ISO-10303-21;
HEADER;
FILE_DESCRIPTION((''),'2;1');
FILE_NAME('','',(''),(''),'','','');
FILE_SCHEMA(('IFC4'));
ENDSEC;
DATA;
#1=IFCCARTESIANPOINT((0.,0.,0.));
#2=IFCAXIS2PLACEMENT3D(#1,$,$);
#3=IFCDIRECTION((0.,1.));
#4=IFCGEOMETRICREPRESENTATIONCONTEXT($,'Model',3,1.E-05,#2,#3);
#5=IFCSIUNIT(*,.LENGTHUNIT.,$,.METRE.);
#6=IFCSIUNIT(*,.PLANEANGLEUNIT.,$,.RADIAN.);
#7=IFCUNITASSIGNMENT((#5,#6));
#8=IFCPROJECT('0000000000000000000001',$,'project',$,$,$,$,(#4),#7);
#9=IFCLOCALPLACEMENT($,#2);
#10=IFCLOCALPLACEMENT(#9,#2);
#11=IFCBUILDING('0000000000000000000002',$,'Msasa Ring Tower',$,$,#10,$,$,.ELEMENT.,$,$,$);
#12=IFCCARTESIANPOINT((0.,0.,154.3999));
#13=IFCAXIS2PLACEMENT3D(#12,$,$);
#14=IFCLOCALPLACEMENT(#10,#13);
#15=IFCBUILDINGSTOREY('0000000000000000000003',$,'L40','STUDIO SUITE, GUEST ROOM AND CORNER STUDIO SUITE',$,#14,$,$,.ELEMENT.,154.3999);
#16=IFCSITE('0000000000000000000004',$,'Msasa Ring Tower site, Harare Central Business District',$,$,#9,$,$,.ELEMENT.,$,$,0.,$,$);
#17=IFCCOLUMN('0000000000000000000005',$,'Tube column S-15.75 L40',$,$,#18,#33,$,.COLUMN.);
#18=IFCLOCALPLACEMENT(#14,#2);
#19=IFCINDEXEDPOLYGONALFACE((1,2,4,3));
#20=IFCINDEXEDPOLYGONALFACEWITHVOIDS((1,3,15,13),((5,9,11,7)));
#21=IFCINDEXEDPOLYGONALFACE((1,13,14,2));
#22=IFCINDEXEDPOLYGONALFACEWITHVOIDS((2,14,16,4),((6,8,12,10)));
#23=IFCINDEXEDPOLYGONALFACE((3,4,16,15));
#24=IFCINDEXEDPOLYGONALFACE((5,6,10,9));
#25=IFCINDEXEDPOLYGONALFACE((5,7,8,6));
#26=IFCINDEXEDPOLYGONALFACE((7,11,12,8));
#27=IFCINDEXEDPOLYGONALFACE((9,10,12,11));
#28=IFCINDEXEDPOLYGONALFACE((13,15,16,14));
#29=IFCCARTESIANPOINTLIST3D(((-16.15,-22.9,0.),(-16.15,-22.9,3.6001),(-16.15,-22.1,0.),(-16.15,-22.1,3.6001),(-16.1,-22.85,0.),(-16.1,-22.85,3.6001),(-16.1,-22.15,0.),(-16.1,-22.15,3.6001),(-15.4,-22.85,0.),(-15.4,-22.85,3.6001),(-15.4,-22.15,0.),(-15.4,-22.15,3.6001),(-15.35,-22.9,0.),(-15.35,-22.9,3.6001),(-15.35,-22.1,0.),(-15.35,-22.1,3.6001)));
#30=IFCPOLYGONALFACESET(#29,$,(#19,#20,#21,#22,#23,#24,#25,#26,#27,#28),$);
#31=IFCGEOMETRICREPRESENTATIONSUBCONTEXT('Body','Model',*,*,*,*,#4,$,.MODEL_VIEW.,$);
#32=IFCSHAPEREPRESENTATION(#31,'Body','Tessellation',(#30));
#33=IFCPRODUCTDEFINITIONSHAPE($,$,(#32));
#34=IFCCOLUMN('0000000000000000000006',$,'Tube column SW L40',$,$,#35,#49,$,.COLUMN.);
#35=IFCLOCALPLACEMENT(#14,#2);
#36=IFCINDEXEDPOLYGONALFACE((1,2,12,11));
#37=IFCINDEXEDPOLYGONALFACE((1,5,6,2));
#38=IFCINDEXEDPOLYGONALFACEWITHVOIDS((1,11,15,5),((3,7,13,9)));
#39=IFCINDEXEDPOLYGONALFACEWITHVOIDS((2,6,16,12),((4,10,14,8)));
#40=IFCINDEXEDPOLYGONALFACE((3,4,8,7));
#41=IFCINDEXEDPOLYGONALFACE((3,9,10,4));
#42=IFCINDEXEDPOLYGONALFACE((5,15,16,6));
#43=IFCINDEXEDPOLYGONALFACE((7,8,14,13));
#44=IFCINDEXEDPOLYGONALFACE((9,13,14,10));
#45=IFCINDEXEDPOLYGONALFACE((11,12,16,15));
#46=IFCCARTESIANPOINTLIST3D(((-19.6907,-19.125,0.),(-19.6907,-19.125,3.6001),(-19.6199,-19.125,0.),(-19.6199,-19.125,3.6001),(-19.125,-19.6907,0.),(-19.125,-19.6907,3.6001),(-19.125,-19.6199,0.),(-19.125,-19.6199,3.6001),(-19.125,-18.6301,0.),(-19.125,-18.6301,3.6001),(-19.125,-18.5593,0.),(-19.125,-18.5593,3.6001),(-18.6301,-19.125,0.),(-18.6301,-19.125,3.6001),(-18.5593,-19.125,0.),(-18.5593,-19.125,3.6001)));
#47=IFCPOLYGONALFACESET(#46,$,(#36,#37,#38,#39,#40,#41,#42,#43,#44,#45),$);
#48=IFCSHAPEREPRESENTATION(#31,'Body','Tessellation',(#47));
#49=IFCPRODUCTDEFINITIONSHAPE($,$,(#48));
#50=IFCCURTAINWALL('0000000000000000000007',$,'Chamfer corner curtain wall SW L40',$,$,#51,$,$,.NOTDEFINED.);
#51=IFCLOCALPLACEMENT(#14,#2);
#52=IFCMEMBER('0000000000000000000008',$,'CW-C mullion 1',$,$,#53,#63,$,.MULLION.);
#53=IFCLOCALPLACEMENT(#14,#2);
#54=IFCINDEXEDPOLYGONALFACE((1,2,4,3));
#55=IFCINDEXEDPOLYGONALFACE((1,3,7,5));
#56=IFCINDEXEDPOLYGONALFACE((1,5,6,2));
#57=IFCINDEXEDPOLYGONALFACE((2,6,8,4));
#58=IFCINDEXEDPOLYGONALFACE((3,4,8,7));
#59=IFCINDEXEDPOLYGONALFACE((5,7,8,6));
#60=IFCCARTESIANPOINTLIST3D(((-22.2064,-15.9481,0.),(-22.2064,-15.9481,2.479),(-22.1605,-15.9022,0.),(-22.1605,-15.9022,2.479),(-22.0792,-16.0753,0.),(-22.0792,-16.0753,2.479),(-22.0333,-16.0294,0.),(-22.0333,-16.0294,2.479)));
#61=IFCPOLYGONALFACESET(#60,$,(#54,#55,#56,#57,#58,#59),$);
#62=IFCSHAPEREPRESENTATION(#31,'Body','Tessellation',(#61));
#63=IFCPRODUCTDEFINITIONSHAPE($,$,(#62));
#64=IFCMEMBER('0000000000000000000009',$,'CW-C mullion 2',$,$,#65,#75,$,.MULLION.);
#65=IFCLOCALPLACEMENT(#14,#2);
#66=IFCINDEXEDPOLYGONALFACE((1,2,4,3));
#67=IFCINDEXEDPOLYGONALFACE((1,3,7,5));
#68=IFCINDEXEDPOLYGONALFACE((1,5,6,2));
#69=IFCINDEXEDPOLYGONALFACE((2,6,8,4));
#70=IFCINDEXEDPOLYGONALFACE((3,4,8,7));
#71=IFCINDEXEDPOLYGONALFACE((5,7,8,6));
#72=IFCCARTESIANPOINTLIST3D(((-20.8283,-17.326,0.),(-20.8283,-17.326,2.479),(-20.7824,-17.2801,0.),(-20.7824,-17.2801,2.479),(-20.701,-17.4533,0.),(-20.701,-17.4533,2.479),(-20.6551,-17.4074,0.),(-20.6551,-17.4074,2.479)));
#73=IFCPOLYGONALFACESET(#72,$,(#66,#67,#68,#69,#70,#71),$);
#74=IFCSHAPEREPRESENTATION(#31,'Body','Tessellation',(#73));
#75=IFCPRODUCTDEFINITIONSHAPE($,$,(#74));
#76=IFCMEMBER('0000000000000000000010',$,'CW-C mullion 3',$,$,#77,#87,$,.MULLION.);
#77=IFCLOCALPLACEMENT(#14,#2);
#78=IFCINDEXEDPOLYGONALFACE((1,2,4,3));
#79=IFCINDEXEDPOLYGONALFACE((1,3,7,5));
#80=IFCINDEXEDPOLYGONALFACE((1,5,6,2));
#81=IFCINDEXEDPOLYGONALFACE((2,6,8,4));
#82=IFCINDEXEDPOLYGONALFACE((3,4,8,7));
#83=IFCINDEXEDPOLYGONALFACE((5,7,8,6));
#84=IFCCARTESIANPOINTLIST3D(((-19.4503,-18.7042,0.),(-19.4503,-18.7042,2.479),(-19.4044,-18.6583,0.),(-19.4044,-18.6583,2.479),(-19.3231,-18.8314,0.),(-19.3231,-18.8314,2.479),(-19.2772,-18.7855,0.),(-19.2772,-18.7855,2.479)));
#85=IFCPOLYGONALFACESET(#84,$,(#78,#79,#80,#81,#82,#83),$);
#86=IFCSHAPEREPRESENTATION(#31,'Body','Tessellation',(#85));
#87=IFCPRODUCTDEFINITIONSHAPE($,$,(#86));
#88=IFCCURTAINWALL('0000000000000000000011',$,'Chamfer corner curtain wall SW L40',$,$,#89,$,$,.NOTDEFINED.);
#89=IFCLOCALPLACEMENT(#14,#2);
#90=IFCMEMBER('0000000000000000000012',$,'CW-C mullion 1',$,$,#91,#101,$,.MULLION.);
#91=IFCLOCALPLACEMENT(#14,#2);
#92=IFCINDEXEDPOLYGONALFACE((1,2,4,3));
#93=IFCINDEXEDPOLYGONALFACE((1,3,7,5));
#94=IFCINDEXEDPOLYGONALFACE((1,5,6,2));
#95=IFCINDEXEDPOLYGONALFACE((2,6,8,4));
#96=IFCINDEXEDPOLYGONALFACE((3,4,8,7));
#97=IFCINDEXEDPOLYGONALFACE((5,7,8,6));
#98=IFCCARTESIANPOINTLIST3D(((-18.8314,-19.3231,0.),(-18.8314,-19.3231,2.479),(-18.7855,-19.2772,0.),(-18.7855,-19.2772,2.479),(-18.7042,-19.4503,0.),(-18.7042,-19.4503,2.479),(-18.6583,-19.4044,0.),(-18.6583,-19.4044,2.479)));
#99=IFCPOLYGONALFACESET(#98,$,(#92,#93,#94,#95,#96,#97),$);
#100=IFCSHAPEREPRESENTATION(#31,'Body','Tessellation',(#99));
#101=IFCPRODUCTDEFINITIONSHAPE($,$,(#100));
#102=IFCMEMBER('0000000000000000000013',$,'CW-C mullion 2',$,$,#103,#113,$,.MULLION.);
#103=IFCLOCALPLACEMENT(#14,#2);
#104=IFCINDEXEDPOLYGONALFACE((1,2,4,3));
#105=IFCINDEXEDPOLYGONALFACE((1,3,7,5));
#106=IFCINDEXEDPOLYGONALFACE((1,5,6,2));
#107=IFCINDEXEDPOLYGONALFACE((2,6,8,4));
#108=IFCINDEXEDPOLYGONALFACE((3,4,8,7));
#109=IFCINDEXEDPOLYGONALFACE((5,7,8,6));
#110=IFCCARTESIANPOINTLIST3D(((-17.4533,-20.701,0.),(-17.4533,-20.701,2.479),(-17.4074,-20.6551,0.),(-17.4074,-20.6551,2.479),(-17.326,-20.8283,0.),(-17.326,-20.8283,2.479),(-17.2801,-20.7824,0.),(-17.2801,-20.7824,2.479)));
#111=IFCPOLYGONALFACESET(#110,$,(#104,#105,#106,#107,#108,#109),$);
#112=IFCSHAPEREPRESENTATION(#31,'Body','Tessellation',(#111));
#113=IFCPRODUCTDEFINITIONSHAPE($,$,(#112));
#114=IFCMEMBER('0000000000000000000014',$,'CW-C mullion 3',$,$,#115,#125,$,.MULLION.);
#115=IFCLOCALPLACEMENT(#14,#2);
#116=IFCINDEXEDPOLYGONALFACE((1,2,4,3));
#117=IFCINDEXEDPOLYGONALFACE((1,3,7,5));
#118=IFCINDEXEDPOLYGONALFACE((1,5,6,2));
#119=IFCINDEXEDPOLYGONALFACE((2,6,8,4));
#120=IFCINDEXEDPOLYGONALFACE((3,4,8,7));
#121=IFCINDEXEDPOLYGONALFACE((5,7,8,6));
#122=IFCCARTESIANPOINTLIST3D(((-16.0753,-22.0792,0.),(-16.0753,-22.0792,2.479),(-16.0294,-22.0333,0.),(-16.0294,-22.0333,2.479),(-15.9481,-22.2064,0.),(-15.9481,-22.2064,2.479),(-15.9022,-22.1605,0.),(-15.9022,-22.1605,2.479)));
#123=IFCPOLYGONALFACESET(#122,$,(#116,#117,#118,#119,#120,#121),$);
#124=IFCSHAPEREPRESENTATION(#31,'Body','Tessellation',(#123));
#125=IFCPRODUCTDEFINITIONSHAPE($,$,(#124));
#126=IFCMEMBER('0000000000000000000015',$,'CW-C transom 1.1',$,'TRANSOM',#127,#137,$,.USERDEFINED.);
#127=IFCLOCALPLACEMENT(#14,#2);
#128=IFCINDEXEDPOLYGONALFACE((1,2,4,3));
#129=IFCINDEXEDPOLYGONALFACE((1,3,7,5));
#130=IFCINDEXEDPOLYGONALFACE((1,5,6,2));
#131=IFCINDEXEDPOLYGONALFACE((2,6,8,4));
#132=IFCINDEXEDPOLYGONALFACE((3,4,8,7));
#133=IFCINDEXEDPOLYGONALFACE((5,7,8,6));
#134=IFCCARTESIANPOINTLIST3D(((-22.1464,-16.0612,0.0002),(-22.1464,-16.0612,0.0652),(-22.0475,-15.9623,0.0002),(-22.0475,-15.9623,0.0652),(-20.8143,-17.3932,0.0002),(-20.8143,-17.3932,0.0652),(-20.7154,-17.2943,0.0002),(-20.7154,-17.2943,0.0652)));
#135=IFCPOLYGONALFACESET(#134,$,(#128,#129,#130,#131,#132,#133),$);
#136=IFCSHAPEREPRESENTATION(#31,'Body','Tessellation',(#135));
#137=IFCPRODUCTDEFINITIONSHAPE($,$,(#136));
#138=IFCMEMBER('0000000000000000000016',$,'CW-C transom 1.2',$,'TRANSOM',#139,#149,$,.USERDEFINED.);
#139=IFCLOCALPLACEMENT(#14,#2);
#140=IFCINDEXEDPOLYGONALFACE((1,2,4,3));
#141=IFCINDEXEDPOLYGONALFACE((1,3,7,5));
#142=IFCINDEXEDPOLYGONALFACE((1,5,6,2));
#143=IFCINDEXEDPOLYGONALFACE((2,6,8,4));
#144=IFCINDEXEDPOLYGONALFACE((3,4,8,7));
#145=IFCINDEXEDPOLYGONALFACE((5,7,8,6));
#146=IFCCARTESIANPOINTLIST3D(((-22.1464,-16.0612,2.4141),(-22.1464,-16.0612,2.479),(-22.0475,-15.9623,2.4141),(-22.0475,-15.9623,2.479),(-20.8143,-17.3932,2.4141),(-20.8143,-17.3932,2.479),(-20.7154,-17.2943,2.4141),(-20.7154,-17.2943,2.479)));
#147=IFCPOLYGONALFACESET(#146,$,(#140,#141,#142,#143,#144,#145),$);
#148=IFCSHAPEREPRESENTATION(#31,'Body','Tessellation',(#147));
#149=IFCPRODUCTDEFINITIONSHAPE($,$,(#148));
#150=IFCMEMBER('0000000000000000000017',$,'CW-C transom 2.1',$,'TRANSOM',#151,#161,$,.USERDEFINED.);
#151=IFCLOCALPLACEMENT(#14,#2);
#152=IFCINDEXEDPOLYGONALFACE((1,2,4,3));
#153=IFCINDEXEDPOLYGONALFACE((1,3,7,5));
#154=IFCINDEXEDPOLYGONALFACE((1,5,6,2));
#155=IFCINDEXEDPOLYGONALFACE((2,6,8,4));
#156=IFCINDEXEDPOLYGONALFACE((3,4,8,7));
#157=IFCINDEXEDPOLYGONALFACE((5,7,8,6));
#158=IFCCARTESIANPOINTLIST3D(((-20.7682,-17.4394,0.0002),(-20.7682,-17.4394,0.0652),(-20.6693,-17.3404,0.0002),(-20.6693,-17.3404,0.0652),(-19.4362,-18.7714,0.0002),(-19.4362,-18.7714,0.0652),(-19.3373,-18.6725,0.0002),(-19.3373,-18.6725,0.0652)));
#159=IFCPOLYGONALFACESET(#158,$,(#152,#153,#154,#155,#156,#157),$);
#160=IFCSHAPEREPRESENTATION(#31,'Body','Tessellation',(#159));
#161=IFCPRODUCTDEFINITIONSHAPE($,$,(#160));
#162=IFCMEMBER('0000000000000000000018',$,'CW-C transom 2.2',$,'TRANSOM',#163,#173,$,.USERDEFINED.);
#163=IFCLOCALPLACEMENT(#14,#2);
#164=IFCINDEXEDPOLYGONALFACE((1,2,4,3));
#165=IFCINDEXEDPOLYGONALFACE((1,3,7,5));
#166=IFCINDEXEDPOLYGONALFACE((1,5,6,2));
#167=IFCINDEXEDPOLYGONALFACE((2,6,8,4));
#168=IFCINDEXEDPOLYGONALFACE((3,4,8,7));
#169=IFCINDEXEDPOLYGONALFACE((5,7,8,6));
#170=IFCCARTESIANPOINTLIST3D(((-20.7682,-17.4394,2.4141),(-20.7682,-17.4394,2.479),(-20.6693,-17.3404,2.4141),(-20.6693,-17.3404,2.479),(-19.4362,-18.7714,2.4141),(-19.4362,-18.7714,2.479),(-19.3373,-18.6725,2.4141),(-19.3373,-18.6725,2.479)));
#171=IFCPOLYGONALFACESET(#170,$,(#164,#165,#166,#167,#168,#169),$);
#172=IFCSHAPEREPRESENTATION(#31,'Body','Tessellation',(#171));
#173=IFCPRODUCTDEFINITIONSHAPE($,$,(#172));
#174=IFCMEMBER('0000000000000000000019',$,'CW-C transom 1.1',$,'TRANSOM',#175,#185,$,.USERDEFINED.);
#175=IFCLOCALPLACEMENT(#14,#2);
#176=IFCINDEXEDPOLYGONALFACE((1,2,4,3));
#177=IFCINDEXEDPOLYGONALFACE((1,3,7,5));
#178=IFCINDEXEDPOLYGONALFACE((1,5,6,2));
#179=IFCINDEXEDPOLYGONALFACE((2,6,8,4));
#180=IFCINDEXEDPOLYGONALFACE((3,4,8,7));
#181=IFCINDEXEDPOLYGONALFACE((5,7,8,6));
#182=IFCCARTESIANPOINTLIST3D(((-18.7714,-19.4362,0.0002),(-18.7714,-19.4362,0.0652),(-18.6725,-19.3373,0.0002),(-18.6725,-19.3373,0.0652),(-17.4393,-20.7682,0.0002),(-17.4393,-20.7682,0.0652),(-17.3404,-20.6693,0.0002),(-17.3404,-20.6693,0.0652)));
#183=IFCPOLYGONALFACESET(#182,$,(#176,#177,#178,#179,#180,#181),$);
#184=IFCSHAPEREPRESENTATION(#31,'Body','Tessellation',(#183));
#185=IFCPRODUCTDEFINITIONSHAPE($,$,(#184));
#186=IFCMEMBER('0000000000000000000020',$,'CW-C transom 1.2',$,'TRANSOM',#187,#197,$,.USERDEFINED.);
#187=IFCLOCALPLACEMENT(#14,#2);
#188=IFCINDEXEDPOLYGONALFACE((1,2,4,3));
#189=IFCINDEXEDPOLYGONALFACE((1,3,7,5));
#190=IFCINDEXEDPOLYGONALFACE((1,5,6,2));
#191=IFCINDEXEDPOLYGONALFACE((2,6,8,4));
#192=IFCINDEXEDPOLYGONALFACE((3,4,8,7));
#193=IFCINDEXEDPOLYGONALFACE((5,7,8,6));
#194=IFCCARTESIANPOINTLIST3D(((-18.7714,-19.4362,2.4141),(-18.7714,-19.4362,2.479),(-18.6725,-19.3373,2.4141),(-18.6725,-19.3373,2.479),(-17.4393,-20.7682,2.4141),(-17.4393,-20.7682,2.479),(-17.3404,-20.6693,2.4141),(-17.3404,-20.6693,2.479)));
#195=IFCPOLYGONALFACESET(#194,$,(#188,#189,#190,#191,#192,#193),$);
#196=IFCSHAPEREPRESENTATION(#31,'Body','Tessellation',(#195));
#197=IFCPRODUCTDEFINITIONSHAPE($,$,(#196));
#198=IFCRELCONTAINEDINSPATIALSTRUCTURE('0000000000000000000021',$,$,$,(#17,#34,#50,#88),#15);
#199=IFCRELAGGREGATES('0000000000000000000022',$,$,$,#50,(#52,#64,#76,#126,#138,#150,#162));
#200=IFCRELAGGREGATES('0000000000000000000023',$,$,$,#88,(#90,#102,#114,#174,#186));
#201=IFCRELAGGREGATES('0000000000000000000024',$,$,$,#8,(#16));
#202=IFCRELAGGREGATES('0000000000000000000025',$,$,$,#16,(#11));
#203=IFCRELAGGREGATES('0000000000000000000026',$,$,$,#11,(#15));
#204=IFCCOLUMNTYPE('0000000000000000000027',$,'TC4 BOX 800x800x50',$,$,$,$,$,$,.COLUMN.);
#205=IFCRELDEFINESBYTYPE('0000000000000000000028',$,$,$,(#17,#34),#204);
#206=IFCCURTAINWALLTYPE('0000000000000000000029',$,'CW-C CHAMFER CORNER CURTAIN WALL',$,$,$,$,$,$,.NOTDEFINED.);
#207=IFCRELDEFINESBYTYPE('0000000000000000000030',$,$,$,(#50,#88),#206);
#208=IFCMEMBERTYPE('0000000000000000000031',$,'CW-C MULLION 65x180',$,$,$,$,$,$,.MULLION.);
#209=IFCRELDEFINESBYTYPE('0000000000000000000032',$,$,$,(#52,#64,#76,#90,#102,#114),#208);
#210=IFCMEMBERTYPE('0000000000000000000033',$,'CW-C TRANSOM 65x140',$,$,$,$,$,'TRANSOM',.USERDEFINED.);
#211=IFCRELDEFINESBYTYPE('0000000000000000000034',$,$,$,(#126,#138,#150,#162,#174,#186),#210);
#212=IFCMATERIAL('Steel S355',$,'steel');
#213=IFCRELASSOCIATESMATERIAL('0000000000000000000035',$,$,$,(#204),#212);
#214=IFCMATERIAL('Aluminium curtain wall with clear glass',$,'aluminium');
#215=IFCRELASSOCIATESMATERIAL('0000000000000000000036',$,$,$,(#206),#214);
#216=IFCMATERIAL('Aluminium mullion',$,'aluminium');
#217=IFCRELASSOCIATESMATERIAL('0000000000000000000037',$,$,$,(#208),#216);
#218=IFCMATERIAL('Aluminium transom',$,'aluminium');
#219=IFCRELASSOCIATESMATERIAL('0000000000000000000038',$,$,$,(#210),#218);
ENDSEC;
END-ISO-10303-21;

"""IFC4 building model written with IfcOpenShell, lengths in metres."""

from ifc_helpers import new_model, si_unit, direction, frame, origin, origin_2d, place, context, subcontext, project, spatial, rectangle, hollow_rectangle, extrude, material, material_profile, profile_set, type_object, element, aggregate, save


model = new_model("IFC4")

# Units and contexts
model_context = context("Model", 3, precision=1e-05, world=origin(), true_north=direction((0.0, 1.0)))
body_context = subcontext(model_context, "Body", "Model", "MODEL_VIEW")
ifc_project = project(units=[si_unit("LENGTHUNIT", "METRE"), si_unit("PLANEANGLEUNIT", "RADIAN")], contexts=[model_context])

# Site, building, storey
site_placement = place(None, origin())
site = spatial("IfcSite", under=ifc_project, at=site_placement, Name="Msasa Ring Tower site, Harare Central Business District", CompositionType="ELEMENT", RefElevation=0.0)
building_placement = place(site_placement, origin())
building = spatial("IfcBuilding", under=site, at=building_placement, Name="Msasa Ring Tower", CompositionType="ELEMENT")
storey_placement = place(building_placement, frame((0.0, 0.0, 154.3999)))
storey = spatial("IfcBuildingStorey", under=building, at=storey_placement, Name="L40", Description="STUDIO SUITE, GUEST ROOM AND CORNER STUDIO SUITE", CompositionType="ELEMENT", Elevation=154.3999)

# Columns
ifc_material_1 = material(Name="Steel S355", Category="steel")
ifc_material_profile_1 = material_profile(ifc_material_1, hollow_rectangle(XDim=0.8, YDim=0.8, WallThickness=0.05, at=origin_2d()), Name="BOX 800x800x50")
ifc_profile_set_1 = profile_set([ifc_material_profile_1], Name="Steel S355")
column_type = type_object("IfcColumnType", Name="TC4 BOX 800x800x50", PredefinedType="COLUMN", material=ifc_profile_set_1)
for number, where, z_axis, x_axis, name in (
    (1, (-15.75, -22.5, 0.0), (0.0, 0.0, 1.0), (0.0, 1.0, 0.0), "Tube column S-15.75 L40"),
    (2, (-19.125, -19.125, 0.0), (0.0, 0.0, 1.0), (0.707107, 0.707107, 0.0), "Tube column SW L40"),
):
    element("IfcColumn", number, at=place(storey_placement, frame(where, z_axis=z_axis, x_axis=x_axis)), inside=storey, type_object=column_type, Name=name, PredefinedType="COLUMN", context=body_context, shape_type="SweptSolid", body=[
        extrude(hollow_rectangle(XDim=0.8, YDim=0.8, WallThickness=0.05, at=origin_2d()), origin(), (0.0, 0.0, 1.0), 3.6001),
    ])

# Curtain walls, members
ifc_material_2 = material(Name="Aluminium curtain wall with clear glass", Category="aluminium")
curtain_wall_type = type_object("IfcCurtainWallType", Name="CW-C CHAMFER CORNER CURTAIN WALL", PredefinedType="NOTDEFINED", material=ifc_material_2)
curtain_wall_1_placement = place(storey_placement, origin())
curtain_wall_1 = element("IfcCurtainWall", 3, at=curtain_wall_1_placement, inside=storey, type_object=curtain_wall_type, Name="Chamfer corner curtain wall SW L40", PredefinedType="NOTDEFINED")
ifc_material_3 = material(Name="Aluminium mullion", Category="aluminium")
ifc_material_profile_2 = material_profile(ifc_material_3, rectangle(XDim=0.0649, YDim=0.1799, at=origin_2d()), Name="AL 65x180")
ifc_profile_set_2 = profile_set([ifc_material_profile_2], Name="Aluminium mullion")
member_type_1 = type_object("IfcMemberType", Name="CW-C MULLION 65x180", PredefinedType="MULLION", material=ifc_profile_set_2)
member_1_placement = place(storey_placement, frame((-22.1199, -15.9888, 0.0), z_axis=(0.0, 0.0, 1.0), x_axis=(0.707107, 0.707107, 0.0)))
member_1 = element("IfcMember", 4, at=member_1_placement, type_object=member_type_1, Name="CW-C mullion 1", PredefinedType="MULLION", context=body_context, shape_type="SweptSolid", body=[
    extrude(rectangle(XDim=0.0649, YDim=0.1799, at=origin_2d()), origin(), (0.0, 0.0, 1.0), 2.479),
])
member_2_placement = place(storey_placement, frame((-20.7417, -17.3667, 0.0), z_axis=(0.0, 0.0, 1.0), x_axis=(0.707107, 0.707107, 0.0)))
member_2 = element("IfcMember", 5, at=member_2_placement, type_object=member_type_1, Name="CW-C mullion 2", PredefinedType="MULLION", context=body_context, shape_type="SweptSolid", body=[
    extrude(rectangle(XDim=0.0649, YDim=0.1799, at=origin_2d()), origin(), (0.0, 0.0, 1.0), 2.479),
])
member_3_placement = place(storey_placement, frame((-19.3638, -18.7449, 0.0), z_axis=(0.0, 0.0, 1.0), x_axis=(0.707107, 0.707107, 0.0)))
member_3 = element("IfcMember", 6, at=member_3_placement, type_object=member_type_1, Name="CW-C mullion 3", PredefinedType="MULLION", context=body_context, shape_type="SweptSolid", body=[
    extrude(rectangle(XDim=0.0649, YDim=0.1799, at=origin_2d()), origin(), (0.0, 0.0, 1.0), 2.479),
])
curtain_wall_2_placement = place(storey_placement, origin())
curtain_wall_2 = element("IfcCurtainWall", 7, at=curtain_wall_2_placement, inside=storey, type_object=curtain_wall_type, Name="Chamfer corner curtain wall SW L40", PredefinedType="NOTDEFINED")
member_4_placement = place(storey_placement, frame((-18.7449, -19.3638, 0.0), z_axis=(0.0, 0.0, 1.0), x_axis=(0.707107, 0.707107, 0.0)))
member_4 = element("IfcMember", 8, at=member_4_placement, type_object=member_type_1, Name="CW-C mullion 1", PredefinedType="MULLION", context=body_context, shape_type="SweptSolid", body=[
    extrude(rectangle(XDim=0.0649, YDim=0.1799, at=origin_2d()), origin(), (0.0, 0.0, 1.0), 2.479),
])
member_5_placement = place(storey_placement, frame((-17.3667, -20.7417, 0.0), z_axis=(0.0, 0.0, 1.0), x_axis=(0.707107, 0.707107, 0.0)))
member_5 = element("IfcMember", 9, at=member_5_placement, type_object=member_type_1, Name="CW-C mullion 2", PredefinedType="MULLION", context=body_context, shape_type="SweptSolid", body=[
    extrude(rectangle(XDim=0.0649, YDim=0.1799, at=origin_2d()), origin(), (0.0, 0.0, 1.0), 2.479),
])
member_6_placement = place(storey_placement, frame((-15.9888, -22.1199, 0.0), z_axis=(0.0, 0.0, 1.0), x_axis=(0.707107, 0.707107, 0.0)))
member_6 = element("IfcMember", 10, at=member_6_placement, type_object=member_type_1, Name="CW-C mullion 3", PredefinedType="MULLION", context=body_context, shape_type="SweptSolid", body=[
    extrude(rectangle(XDim=0.0649, YDim=0.1799, at=origin_2d()), origin(), (0.0, 0.0, 1.0), 2.479),
])

# Members
ifc_material_4 = material(Name="Aluminium transom", Category="aluminium")
ifc_material_profile_3 = material_profile(ifc_material_4, rectangle(XDim=0.1399, YDim=0.0649, at=origin_2d()), Name="AL 65x140")
ifc_profile_set_3 = profile_set([ifc_material_profile_3], Name="Aluminium transom")
member_type_2 = type_object("IfcMemberType", Name="CW-C TRANSOM 65x140", ElementType="TRANSOM", PredefinedType="USERDEFINED", material=ifc_profile_set_3)
member_7_placement = place(storey_placement, frame((-22.0969, -16.0117, 0.0327), z_axis=(0.707107, -0.707107, 0.0), x_axis=(0.707107, 0.707107, 0.0)))
member_7 = element("IfcMember", 11, at=member_7_placement, type_object=member_type_2, Name="CW-C transom 1.1", ObjectType="TRANSOM", PredefinedType="USERDEFINED", context=body_context, shape_type="SweptSolid", body=[
    extrude(rectangle(XDim=0.1399, YDim=0.0649, at=origin_2d()), origin(), (0.0, 0.0, 1.0), 1.8838),
])
member_8_placement = place(storey_placement, frame((-22.0969, -16.0117, 2.4465), z_axis=(0.707107, -0.707107, 0.0), x_axis=(0.707107, 0.707107, 0.0)))
member_8 = element("IfcMember", 12, at=member_8_placement, type_object=member_type_2, Name="CW-C transom 1.2", ObjectType="TRANSOM", PredefinedType="USERDEFINED", context=body_context, shape_type="SweptSolid", body=[
    extrude(rectangle(XDim=0.1399, YDim=0.0649, at=origin_2d()), origin(), (0.0, 0.0, 1.0), 1.8838),
])
member_9_placement = place(storey_placement, frame((-20.7188, -17.3899, 0.0327), z_axis=(0.707107, -0.707107, 0.0), x_axis=(0.707107, 0.707107, 0.0)))
member_9 = element("IfcMember", 13, at=member_9_placement, type_object=member_type_2, Name="CW-C transom 2.1", ObjectType="TRANSOM", PredefinedType="USERDEFINED", context=body_context, shape_type="SweptSolid", body=[
    extrude(rectangle(XDim=0.1399, YDim=0.0649, at=origin_2d()), origin(), (0.0, 0.0, 1.0), 1.8838),
])
member_10_placement = place(storey_placement, frame((-20.7188, -17.3899, 2.4465), z_axis=(0.707107, -0.707107, 0.0), x_axis=(0.707107, 0.707107, 0.0)))
member_10 = element("IfcMember", 14, at=member_10_placement, type_object=member_type_2, Name="CW-C transom 2.2", ObjectType="TRANSOM", PredefinedType="USERDEFINED", context=body_context, shape_type="SweptSolid", body=[
    extrude(rectangle(XDim=0.1399, YDim=0.0649, at=origin_2d()), origin(), (0.0, 0.0, 1.0), 1.8838),
])
member_11_placement = place(storey_placement, frame((-18.7219, -19.3867, 0.0327), z_axis=(0.707107, -0.707107, 0.0), x_axis=(0.707107, 0.707107, 0.0)))
member_11 = element("IfcMember", 15, at=member_11_placement, type_object=member_type_2, Name="CW-C transom 1.1", ObjectType="TRANSOM", PredefinedType="USERDEFINED", context=body_context, shape_type="SweptSolid", body=[
    extrude(rectangle(XDim=0.1399, YDim=0.0649, at=origin_2d()), origin(), (0.0, 0.0, 1.0), 1.8838),
])
member_12_placement = place(storey_placement, frame((-18.7219, -19.3867, 2.4465), z_axis=(0.707107, -0.707107, 0.0), x_axis=(0.707107, 0.707107, 0.0)))
member_12 = element("IfcMember", 16, at=member_12_placement, type_object=member_type_2, Name="CW-C transom 1.2", ObjectType="TRANSOM", PredefinedType="USERDEFINED", context=body_context, shape_type="SweptSolid", body=[
    extrude(rectangle(XDim=0.1399, YDim=0.0649, at=origin_2d()), origin(), (0.0, 0.0, 1.0), 1.8838),
])

aggregate(curtain_wall_1, [member_1, member_2, member_3, member_7, member_8, member_9, member_10])
aggregate(curtain_wall_2, [member_4, member_5, member_6, member_11, member_12])

save(model, "model.ifc")
